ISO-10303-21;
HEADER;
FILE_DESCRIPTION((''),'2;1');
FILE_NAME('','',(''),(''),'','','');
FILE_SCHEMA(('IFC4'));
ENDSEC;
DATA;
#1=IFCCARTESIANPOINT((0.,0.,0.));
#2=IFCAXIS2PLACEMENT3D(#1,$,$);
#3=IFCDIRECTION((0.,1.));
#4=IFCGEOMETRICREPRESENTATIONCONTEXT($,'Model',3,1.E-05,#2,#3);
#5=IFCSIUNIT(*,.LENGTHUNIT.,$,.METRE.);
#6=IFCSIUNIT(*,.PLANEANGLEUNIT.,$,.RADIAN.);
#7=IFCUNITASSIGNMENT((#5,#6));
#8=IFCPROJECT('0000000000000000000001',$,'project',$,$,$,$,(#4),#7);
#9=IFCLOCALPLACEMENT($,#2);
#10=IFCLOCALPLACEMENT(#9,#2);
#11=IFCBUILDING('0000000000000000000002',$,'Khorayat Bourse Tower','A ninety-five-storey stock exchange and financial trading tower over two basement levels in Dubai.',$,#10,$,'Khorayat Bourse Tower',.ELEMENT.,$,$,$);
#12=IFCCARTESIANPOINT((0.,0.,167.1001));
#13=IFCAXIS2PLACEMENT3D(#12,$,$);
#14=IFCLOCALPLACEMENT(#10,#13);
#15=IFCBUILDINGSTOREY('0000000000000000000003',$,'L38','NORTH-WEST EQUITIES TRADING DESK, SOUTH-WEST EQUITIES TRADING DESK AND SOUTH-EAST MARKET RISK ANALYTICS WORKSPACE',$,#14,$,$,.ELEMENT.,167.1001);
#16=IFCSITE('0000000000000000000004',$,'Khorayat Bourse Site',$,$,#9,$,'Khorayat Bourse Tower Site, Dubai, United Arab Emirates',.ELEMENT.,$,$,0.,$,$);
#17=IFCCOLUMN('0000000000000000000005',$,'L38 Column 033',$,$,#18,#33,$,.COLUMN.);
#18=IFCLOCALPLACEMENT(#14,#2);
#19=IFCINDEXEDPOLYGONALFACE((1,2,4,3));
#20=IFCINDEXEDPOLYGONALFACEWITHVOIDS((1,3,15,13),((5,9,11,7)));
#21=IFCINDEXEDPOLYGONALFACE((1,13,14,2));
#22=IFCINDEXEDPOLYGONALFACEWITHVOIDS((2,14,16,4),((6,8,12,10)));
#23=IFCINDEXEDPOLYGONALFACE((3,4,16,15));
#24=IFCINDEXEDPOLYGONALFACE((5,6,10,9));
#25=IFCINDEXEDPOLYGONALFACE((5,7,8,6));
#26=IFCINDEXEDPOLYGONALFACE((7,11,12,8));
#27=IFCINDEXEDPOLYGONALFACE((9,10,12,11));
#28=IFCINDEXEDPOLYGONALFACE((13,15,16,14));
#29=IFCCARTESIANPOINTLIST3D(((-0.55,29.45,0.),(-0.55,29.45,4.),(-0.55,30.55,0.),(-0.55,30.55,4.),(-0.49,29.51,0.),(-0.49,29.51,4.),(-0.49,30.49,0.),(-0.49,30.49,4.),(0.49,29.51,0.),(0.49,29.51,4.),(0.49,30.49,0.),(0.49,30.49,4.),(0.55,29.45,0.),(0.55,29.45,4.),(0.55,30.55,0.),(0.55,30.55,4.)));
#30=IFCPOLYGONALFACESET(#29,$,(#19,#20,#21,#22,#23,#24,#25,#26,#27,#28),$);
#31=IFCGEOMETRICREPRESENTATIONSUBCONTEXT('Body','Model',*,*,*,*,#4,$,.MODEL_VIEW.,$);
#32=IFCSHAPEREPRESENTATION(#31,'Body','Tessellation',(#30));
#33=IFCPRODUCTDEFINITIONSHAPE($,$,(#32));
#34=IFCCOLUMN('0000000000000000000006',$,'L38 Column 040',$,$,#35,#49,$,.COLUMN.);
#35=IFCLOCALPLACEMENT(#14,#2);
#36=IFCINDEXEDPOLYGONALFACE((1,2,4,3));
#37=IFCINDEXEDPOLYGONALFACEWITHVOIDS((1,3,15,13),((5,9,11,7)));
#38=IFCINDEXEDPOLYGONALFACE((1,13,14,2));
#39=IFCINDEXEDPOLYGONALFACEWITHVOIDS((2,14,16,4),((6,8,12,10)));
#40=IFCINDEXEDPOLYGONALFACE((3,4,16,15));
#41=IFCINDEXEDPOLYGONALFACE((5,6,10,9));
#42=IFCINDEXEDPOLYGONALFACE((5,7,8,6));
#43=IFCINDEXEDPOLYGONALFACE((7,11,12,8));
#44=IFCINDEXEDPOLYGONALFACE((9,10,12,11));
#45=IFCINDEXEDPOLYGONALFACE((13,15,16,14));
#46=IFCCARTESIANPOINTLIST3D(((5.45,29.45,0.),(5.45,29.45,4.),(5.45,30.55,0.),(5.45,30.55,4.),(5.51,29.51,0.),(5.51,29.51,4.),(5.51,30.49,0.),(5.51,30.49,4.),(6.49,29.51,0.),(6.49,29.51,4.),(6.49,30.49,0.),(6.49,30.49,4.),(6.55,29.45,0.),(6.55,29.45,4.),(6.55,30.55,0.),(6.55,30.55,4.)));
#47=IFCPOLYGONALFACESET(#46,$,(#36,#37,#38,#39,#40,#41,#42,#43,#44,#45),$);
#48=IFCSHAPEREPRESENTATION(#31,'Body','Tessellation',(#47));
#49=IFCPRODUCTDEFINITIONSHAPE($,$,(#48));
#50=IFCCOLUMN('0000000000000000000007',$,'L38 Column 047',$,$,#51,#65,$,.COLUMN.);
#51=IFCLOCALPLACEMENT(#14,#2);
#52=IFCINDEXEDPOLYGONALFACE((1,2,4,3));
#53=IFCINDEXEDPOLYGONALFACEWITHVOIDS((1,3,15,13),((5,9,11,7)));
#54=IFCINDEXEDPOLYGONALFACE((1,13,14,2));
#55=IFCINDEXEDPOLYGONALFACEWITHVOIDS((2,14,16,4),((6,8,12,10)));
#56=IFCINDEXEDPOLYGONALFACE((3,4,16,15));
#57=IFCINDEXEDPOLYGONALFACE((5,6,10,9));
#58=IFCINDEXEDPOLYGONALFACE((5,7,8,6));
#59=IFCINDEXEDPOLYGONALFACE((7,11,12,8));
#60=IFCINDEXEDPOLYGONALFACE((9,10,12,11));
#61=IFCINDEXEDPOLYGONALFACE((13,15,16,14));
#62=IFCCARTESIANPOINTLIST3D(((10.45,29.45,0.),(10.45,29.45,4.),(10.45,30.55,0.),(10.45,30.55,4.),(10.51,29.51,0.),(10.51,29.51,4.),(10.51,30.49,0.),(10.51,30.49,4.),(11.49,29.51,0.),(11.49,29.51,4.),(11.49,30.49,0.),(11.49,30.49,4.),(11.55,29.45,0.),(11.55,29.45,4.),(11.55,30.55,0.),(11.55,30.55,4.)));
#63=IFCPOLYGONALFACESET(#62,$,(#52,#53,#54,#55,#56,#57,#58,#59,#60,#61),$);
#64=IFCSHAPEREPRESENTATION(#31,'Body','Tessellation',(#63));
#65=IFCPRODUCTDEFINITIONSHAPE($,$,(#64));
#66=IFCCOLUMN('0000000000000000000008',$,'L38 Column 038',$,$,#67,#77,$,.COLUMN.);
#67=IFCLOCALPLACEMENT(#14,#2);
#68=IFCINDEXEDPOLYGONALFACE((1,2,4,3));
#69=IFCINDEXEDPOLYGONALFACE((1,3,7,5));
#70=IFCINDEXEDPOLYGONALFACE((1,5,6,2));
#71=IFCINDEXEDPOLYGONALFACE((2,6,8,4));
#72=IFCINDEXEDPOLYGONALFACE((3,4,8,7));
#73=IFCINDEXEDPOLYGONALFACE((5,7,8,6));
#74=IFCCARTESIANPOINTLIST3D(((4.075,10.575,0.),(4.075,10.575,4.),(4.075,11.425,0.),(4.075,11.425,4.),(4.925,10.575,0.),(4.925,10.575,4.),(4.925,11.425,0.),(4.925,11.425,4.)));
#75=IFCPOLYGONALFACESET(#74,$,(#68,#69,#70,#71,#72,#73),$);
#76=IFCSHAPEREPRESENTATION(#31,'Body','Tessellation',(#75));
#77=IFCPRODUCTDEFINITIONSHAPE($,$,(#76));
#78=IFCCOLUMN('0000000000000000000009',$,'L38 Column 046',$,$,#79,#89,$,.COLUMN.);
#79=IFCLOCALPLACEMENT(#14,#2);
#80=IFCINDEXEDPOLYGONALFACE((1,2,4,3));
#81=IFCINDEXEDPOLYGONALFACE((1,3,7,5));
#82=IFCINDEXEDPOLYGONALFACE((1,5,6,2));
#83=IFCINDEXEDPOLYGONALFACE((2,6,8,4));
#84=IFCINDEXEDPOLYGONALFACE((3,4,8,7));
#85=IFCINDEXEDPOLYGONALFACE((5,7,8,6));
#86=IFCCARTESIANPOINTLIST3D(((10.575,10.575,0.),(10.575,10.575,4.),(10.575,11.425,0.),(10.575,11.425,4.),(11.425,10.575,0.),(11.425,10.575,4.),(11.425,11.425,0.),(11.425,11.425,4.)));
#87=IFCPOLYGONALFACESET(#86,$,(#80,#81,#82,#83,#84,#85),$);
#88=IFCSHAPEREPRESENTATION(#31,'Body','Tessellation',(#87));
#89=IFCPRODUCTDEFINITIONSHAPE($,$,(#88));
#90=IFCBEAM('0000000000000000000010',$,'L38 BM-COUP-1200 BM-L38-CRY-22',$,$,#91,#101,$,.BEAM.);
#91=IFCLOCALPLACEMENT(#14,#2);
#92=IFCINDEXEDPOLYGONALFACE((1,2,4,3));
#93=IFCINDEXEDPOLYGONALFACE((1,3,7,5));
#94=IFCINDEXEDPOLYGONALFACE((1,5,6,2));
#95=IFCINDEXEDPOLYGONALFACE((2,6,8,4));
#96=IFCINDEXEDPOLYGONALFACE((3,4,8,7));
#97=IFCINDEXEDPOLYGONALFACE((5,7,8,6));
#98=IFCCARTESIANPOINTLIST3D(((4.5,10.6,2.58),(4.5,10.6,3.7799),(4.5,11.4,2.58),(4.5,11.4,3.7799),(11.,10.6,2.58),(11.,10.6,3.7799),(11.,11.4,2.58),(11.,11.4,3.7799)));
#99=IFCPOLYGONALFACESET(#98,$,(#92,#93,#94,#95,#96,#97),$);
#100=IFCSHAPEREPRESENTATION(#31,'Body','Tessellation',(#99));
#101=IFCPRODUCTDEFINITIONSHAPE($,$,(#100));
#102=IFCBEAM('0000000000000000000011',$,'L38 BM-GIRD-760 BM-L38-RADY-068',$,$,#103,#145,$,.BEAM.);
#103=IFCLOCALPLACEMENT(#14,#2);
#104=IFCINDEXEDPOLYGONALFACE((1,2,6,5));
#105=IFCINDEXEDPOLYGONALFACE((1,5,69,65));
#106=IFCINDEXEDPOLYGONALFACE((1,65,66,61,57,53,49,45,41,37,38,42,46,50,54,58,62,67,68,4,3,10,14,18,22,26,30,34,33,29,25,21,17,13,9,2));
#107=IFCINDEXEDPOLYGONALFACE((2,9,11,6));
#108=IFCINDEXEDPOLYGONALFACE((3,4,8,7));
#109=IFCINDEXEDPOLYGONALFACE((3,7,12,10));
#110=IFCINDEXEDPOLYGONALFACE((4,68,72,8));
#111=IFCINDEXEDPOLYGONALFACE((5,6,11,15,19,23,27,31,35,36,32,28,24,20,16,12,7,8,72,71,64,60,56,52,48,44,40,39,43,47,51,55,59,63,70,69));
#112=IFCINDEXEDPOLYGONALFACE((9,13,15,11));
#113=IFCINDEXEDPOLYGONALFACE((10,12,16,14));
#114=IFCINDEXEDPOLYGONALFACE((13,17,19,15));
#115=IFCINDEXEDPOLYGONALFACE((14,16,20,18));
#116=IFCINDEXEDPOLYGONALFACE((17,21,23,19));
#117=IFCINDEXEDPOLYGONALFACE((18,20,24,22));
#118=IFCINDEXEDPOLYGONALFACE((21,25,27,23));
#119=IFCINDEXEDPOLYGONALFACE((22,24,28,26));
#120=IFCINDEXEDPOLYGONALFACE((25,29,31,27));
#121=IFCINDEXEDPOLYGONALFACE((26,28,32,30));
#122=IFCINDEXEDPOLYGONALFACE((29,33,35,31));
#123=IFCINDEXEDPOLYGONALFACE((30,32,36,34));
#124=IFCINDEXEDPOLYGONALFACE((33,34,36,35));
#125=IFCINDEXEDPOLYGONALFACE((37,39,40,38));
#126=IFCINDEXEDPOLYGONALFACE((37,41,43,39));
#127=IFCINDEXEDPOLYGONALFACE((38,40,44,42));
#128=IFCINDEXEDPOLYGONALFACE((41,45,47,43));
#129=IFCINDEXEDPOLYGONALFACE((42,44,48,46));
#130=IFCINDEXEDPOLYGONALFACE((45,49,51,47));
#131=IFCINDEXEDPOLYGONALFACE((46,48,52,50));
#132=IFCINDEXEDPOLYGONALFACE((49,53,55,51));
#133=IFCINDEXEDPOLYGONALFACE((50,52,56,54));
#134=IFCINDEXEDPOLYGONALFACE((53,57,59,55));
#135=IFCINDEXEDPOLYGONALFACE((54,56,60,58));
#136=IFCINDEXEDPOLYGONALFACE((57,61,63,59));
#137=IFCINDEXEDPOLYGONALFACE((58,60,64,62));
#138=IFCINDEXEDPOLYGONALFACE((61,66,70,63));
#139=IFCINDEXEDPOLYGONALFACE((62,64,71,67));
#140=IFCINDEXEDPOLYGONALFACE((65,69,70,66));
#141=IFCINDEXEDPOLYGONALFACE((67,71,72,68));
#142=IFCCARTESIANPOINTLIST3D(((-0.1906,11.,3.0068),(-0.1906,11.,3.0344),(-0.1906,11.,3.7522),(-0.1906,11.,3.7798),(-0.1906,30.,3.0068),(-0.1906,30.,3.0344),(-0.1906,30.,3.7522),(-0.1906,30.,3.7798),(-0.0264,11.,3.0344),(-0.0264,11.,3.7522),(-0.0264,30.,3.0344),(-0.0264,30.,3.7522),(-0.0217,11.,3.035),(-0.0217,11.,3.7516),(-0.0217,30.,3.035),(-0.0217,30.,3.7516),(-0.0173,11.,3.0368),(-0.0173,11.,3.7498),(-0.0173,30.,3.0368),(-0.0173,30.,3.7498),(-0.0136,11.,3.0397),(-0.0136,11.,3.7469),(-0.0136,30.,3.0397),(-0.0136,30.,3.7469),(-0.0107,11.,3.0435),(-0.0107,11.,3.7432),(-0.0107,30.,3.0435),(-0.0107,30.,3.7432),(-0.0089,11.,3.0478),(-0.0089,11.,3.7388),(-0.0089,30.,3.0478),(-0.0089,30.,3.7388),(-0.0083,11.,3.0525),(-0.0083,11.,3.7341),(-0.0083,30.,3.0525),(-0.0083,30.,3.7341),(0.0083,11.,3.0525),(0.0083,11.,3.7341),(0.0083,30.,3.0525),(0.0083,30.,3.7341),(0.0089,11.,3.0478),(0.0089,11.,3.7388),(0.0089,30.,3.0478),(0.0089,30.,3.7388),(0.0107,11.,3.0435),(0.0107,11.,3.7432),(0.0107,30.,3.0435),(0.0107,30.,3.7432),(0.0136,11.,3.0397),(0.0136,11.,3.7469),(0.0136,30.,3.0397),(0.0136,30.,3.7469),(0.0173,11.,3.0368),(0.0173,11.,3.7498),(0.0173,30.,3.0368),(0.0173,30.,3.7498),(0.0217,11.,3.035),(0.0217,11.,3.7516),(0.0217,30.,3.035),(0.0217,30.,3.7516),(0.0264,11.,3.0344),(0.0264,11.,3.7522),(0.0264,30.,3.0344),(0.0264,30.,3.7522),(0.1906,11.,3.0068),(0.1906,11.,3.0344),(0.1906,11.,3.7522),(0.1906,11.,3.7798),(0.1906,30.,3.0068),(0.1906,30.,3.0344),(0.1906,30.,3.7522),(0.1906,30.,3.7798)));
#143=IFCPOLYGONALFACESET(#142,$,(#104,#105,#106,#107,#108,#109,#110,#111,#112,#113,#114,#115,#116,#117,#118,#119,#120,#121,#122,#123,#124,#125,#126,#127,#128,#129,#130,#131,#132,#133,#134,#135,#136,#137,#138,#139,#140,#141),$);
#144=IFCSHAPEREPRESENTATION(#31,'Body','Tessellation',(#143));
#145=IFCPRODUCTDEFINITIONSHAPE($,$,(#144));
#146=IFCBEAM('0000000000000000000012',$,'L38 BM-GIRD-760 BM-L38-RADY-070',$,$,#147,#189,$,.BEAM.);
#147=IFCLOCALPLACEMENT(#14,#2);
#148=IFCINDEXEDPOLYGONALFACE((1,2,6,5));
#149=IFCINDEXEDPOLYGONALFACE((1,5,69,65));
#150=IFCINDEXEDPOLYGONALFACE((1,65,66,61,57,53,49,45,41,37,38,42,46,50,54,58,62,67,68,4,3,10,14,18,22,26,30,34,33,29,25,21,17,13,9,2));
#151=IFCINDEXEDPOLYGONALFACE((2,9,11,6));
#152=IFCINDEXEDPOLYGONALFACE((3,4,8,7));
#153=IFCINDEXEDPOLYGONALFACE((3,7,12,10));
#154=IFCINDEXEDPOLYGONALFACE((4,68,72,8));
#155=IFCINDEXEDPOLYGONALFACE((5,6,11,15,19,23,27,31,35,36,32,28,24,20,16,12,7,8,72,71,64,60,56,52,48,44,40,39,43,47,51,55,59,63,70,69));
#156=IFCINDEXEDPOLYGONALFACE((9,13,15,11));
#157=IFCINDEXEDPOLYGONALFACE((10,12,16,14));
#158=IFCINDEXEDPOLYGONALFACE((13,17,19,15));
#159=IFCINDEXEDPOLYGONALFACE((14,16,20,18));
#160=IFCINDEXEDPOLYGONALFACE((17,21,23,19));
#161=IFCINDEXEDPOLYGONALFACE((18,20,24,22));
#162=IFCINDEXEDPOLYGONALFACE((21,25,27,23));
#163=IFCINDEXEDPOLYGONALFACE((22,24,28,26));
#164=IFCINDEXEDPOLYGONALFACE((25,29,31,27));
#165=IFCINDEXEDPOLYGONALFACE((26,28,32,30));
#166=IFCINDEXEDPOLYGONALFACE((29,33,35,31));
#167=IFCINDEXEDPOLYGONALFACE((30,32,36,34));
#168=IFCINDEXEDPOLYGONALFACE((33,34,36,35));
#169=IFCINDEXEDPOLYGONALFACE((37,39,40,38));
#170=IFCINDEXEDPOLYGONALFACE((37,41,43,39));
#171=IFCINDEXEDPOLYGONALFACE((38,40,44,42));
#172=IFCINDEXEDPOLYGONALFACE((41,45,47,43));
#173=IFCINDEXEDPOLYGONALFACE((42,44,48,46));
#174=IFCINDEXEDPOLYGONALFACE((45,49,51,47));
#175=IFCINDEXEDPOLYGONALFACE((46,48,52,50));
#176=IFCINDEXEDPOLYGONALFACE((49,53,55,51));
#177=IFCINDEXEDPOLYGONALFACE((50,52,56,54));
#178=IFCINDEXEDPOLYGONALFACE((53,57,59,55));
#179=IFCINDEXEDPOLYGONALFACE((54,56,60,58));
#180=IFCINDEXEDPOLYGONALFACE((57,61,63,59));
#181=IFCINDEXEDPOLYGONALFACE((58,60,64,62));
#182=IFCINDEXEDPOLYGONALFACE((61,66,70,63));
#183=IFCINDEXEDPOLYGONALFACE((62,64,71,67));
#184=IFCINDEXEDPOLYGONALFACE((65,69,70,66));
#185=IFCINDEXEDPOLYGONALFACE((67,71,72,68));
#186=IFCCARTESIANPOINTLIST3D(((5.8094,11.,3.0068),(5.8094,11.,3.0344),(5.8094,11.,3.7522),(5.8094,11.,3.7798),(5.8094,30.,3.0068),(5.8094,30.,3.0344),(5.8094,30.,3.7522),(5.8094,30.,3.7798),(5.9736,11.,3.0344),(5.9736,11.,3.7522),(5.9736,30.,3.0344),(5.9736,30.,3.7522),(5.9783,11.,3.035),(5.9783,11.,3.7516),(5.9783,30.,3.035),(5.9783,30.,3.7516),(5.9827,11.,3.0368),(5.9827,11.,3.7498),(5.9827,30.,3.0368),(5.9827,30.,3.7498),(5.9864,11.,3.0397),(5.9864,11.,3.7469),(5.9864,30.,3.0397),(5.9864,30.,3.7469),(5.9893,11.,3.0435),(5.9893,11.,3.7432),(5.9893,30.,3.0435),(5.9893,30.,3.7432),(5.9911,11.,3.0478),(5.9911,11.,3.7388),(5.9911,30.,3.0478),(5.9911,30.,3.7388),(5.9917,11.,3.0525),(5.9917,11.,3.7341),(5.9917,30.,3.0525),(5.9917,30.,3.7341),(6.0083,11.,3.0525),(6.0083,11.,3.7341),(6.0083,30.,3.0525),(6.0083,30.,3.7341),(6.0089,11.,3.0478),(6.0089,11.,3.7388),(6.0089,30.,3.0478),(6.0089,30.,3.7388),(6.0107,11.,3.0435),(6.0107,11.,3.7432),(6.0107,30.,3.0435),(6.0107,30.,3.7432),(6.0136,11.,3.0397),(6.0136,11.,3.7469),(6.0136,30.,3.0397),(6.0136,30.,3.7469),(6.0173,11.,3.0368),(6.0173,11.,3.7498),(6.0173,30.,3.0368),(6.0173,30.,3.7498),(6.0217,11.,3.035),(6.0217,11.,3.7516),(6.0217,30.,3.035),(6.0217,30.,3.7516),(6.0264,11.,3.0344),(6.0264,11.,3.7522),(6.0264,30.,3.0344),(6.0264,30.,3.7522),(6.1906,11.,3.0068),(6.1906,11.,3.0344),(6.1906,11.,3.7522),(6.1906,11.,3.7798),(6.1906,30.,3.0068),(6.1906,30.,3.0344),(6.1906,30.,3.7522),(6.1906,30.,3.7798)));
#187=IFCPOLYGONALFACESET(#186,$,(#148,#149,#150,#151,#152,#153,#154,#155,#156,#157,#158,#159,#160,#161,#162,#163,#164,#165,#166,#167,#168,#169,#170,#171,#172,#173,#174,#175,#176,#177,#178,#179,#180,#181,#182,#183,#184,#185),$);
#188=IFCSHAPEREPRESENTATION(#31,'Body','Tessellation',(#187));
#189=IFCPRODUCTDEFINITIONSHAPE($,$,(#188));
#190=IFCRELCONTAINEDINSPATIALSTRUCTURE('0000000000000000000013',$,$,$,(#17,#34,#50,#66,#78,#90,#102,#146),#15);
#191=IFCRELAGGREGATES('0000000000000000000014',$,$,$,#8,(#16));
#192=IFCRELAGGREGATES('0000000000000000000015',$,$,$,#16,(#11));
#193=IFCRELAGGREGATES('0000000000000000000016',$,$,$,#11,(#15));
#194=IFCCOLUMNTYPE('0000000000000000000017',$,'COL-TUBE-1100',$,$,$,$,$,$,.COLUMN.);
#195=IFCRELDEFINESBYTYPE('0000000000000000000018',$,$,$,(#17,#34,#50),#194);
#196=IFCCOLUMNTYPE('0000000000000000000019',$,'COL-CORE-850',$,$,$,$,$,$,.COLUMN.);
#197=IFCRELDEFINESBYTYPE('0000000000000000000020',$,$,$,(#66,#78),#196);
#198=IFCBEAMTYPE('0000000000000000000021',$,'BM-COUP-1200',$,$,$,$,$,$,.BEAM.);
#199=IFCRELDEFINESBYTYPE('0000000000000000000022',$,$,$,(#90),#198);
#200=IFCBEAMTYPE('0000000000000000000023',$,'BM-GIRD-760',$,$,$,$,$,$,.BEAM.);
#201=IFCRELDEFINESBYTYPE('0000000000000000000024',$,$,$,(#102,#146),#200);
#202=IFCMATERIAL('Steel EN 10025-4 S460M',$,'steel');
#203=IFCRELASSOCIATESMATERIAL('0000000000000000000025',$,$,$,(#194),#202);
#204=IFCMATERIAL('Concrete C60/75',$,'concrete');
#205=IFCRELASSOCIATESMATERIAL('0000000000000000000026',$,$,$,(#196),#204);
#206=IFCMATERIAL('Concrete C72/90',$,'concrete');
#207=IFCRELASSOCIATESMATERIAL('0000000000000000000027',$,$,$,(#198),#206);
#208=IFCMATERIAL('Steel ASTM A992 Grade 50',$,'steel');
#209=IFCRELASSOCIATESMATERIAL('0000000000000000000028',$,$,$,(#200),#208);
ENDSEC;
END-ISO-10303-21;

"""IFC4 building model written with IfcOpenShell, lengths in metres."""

from ifc_helpers import new_model, si_unit, direction, frame, origin, origin_2d, place, context, subcontext, project, spatial, rectangle, hollow_rectangle, i_section, extrude, source, transform, mapped, material, material_profile, profile_set, type_object, element, save


model = new_model("IFC4")

# Units and contexts
model_context = context("Model", 3, precision=1e-05, world=origin(), true_north=direction((0.0, 1.0)))
body_context = subcontext(model_context, "Body", "Model", "MODEL_VIEW")
ifc_project = project(units=[si_unit("LENGTHUNIT", "METRE"), si_unit("PLANEANGLEUNIT", "RADIAN")], contexts=[model_context])

# Site, building, storey
site_placement = place(None, origin())
site = spatial("IfcSite", under=ifc_project, at=site_placement, Name="Khorayat Bourse Site", LongName="Khorayat Bourse Tower Site, Dubai, United Arab Emirates", CompositionType="ELEMENT", RefElevation=0.0)
building_placement = place(site_placement, origin())
building = spatial("IfcBuilding", under=site, at=building_placement, Name="Khorayat Bourse Tower", Description="A ninety-five-storey stock exchange and financial trading tower over two basement levels in Dubai.", LongName="Khorayat Bourse Tower", CompositionType="ELEMENT")
storey_placement = place(building_placement, frame((0.0, 0.0, 167.1001)))
storey = spatial("IfcBuildingStorey", under=building, at=storey_placement, Name="L38", Description="NORTH-WEST EQUITIES TRADING DESK, SOUTH-WEST EQUITIES TRADING DESK AND SOUTH-EAST MARKET RISK ANALYTICS WORKSPACE", CompositionType="ELEMENT", Elevation=167.1001)

# Columns
ifc_material_1 = material(Name="Steel EN 10025-4 S460M", Category="steel")
ifc_material_profile_1 = material_profile(ifc_material_1, hollow_rectangle(XDim=1.1001, YDim=1.1001, WallThickness=0.0601, at=origin_2d()), Name="BOX 1100x1100x60")
ifc_profile_set_1 = profile_set([ifc_material_profile_1], Name="Steel EN 10025-4 S460M")
column_type_1 = type_object("IfcColumnType", Name="COL-TUBE-1100", PredefinedType="COLUMN", material=ifc_profile_set_1)
shared_shape_1 = source(origin(), body_context, "Body", "SweptSolid", [
    extrude(hollow_rectangle(XDim=1.1001, YDim=1.1001, WallThickness=0.0601, at=origin_2d()), origin(), (0.0, 0.0, 1.0), 4.0),
])
for number, where, z_axis, x_axis, name in (
    (1, (0.0, 30.0, 0.0), (0.0, 0.0, 1.0), (1.0, 0.0, 0.0), "L38 Column 033"),
    (2, (6.0, 30.0, 0.0), (0.0, 0.0, 1.0), (1.0, 0.0, 0.0), "L38 Column 040"),
    (3, (11.0, 30.0, 0.0), (0.0, 0.0, 1.0), (1.0, 0.0, 0.0), "L38 Column 047"),
):
    element("IfcColumn", number, at=place(storey_placement, frame(where, z_axis=z_axis, x_axis=x_axis)), inside=storey, type_object=column_type_1, Name=name, PredefinedType="COLUMN", context=body_context, shape_type="MappedRepresentation", body=[
        mapped(shared_shape_1, transform((0.0, 0.0, 0.0), scale=1.0)),
    ])
ifc_material_2 = material(Name="Concrete C60/75", Category="concrete")
ifc_material_profile_2 = material_profile(ifc_material_2, rectangle(XDim=0.8501, YDim=0.8501, at=origin_2d()), Name="RC 850x850")
ifc_profile_set_2 = profile_set([ifc_material_profile_2], Name="Concrete C60/75")
column_type_2 = type_object("IfcColumnType", Name="COL-CORE-850", PredefinedType="COLUMN", material=ifc_profile_set_2)
shared_shape_2 = source(origin(), body_context, "Body", "SweptSolid", [
    extrude(rectangle(XDim=0.8501, YDim=0.8501, at=origin_2d()), origin(), (0.0, 0.0, 1.0), 4.0),
])
for number, where, z_axis, x_axis, name in (
    (4, (4.5, 11.0, 0.0), (0.0, 0.0, 1.0), (1.0, 0.0, 0.0), "L38 Column 038"),
    (5, (11.0, 11.0, 0.0), (0.0, 0.0, 1.0), (1.0, 0.0, 0.0), "L38 Column 046"),
):
    element("IfcColumn", number, at=place(storey_placement, frame(where, z_axis=z_axis, x_axis=x_axis)), inside=storey, type_object=column_type_2, Name=name, PredefinedType="COLUMN", context=body_context, shape_type="MappedRepresentation", body=[
        mapped(shared_shape_2, transform((0.0, 0.0, 0.0), scale=1.0)),
    ])

# Beams
ifc_material_3 = material(Name="Concrete C72/90", Category="concrete")
ifc_material_profile_3 = material_profile(ifc_material_3, rectangle(XDim=0.8, YDim=1.2, at=origin_2d()), Name="RC 800x1200")
ifc_profile_set_3 = profile_set([ifc_material_profile_3], Name="Concrete C72/90")
beam_type_1 = type_object("IfcBeamType", Name="BM-COUP-1200", PredefinedType="BEAM", material=ifc_profile_set_3)
shared_shape_3 = source(origin(), body_context, "Body", "SweptSolid", [
    extrude(rectangle(XDim=0.8, YDim=1.2, at=origin_2d()), origin(), (0.0, 0.0, 1.0), 6.5),
])
beam_1_placement = place(storey_placement, frame((4.5, 11.0, 3.1799), z_axis=(1.0, 0.0, 0.0), x_axis=(0.0, 1.0, 0.0)))
element("IfcBeam", 6, at=beam_1_placement, inside=storey, type_object=beam_type_1, Name="L38 BM-COUP-1200 BM-L38-CRY-22", PredefinedType="BEAM", context=body_context, shape_type="MappedRepresentation", body=[
    mapped(shared_shape_3, transform((0.0, 0.0, 0.0), scale=1.0)),
])
ifc_material_4 = material(Name="Steel ASTM A992 Grade 50", Category="steel")
ifc_material_profile_4 = material_profile(ifc_material_4, i_section(OverallWidth=0.3811, OverallDepth=0.7729, WebThickness=0.0166, FlangeThickness=0.0276, FilletRadius=0.0181, at=origin_2d()), Name="W760X257")
ifc_profile_set_4 = profile_set([ifc_material_profile_4], Name="Steel ASTM A992 Grade 50")
beam_type_2 = type_object("IfcBeamType", Name="BM-GIRD-760", PredefinedType="BEAM", material=ifc_profile_set_4)
shared_shape_4 = source(origin(), body_context, "Body", "SweptSolid", [
    extrude(i_section(OverallWidth=0.3811, OverallDepth=0.7729, WebThickness=0.0166, FlangeThickness=0.0276, FilletRadius=0.0181, at=origin_2d()), origin(), (0.0, 0.0, 1.0), 19.0),
])
for number, where, z_axis, x_axis, name in (
    (7, (0.0, 11.0, 3.3933), (0.0, 1.0, 0.0), (-1.0, 0.0, 0.0), "L38 BM-GIRD-760 BM-L38-RADY-068"),
    (8, (6.0, 11.0, 3.3933), (0.0, 1.0, 0.0), (-1.0, 0.0, 0.0), "L38 BM-GIRD-760 BM-L38-RADY-070"),
):
    element("IfcBeam", number, at=place(storey_placement, frame(where, z_axis=z_axis, x_axis=x_axis)), inside=storey, type_object=beam_type_2, Name=name, PredefinedType="BEAM", context=body_context, shape_type="MappedRepresentation", body=[
        mapped(shared_shape_4, transform((0.0, 0.0, 0.0), scale=1.0)),
    ])

save(model, "model.ifc")
